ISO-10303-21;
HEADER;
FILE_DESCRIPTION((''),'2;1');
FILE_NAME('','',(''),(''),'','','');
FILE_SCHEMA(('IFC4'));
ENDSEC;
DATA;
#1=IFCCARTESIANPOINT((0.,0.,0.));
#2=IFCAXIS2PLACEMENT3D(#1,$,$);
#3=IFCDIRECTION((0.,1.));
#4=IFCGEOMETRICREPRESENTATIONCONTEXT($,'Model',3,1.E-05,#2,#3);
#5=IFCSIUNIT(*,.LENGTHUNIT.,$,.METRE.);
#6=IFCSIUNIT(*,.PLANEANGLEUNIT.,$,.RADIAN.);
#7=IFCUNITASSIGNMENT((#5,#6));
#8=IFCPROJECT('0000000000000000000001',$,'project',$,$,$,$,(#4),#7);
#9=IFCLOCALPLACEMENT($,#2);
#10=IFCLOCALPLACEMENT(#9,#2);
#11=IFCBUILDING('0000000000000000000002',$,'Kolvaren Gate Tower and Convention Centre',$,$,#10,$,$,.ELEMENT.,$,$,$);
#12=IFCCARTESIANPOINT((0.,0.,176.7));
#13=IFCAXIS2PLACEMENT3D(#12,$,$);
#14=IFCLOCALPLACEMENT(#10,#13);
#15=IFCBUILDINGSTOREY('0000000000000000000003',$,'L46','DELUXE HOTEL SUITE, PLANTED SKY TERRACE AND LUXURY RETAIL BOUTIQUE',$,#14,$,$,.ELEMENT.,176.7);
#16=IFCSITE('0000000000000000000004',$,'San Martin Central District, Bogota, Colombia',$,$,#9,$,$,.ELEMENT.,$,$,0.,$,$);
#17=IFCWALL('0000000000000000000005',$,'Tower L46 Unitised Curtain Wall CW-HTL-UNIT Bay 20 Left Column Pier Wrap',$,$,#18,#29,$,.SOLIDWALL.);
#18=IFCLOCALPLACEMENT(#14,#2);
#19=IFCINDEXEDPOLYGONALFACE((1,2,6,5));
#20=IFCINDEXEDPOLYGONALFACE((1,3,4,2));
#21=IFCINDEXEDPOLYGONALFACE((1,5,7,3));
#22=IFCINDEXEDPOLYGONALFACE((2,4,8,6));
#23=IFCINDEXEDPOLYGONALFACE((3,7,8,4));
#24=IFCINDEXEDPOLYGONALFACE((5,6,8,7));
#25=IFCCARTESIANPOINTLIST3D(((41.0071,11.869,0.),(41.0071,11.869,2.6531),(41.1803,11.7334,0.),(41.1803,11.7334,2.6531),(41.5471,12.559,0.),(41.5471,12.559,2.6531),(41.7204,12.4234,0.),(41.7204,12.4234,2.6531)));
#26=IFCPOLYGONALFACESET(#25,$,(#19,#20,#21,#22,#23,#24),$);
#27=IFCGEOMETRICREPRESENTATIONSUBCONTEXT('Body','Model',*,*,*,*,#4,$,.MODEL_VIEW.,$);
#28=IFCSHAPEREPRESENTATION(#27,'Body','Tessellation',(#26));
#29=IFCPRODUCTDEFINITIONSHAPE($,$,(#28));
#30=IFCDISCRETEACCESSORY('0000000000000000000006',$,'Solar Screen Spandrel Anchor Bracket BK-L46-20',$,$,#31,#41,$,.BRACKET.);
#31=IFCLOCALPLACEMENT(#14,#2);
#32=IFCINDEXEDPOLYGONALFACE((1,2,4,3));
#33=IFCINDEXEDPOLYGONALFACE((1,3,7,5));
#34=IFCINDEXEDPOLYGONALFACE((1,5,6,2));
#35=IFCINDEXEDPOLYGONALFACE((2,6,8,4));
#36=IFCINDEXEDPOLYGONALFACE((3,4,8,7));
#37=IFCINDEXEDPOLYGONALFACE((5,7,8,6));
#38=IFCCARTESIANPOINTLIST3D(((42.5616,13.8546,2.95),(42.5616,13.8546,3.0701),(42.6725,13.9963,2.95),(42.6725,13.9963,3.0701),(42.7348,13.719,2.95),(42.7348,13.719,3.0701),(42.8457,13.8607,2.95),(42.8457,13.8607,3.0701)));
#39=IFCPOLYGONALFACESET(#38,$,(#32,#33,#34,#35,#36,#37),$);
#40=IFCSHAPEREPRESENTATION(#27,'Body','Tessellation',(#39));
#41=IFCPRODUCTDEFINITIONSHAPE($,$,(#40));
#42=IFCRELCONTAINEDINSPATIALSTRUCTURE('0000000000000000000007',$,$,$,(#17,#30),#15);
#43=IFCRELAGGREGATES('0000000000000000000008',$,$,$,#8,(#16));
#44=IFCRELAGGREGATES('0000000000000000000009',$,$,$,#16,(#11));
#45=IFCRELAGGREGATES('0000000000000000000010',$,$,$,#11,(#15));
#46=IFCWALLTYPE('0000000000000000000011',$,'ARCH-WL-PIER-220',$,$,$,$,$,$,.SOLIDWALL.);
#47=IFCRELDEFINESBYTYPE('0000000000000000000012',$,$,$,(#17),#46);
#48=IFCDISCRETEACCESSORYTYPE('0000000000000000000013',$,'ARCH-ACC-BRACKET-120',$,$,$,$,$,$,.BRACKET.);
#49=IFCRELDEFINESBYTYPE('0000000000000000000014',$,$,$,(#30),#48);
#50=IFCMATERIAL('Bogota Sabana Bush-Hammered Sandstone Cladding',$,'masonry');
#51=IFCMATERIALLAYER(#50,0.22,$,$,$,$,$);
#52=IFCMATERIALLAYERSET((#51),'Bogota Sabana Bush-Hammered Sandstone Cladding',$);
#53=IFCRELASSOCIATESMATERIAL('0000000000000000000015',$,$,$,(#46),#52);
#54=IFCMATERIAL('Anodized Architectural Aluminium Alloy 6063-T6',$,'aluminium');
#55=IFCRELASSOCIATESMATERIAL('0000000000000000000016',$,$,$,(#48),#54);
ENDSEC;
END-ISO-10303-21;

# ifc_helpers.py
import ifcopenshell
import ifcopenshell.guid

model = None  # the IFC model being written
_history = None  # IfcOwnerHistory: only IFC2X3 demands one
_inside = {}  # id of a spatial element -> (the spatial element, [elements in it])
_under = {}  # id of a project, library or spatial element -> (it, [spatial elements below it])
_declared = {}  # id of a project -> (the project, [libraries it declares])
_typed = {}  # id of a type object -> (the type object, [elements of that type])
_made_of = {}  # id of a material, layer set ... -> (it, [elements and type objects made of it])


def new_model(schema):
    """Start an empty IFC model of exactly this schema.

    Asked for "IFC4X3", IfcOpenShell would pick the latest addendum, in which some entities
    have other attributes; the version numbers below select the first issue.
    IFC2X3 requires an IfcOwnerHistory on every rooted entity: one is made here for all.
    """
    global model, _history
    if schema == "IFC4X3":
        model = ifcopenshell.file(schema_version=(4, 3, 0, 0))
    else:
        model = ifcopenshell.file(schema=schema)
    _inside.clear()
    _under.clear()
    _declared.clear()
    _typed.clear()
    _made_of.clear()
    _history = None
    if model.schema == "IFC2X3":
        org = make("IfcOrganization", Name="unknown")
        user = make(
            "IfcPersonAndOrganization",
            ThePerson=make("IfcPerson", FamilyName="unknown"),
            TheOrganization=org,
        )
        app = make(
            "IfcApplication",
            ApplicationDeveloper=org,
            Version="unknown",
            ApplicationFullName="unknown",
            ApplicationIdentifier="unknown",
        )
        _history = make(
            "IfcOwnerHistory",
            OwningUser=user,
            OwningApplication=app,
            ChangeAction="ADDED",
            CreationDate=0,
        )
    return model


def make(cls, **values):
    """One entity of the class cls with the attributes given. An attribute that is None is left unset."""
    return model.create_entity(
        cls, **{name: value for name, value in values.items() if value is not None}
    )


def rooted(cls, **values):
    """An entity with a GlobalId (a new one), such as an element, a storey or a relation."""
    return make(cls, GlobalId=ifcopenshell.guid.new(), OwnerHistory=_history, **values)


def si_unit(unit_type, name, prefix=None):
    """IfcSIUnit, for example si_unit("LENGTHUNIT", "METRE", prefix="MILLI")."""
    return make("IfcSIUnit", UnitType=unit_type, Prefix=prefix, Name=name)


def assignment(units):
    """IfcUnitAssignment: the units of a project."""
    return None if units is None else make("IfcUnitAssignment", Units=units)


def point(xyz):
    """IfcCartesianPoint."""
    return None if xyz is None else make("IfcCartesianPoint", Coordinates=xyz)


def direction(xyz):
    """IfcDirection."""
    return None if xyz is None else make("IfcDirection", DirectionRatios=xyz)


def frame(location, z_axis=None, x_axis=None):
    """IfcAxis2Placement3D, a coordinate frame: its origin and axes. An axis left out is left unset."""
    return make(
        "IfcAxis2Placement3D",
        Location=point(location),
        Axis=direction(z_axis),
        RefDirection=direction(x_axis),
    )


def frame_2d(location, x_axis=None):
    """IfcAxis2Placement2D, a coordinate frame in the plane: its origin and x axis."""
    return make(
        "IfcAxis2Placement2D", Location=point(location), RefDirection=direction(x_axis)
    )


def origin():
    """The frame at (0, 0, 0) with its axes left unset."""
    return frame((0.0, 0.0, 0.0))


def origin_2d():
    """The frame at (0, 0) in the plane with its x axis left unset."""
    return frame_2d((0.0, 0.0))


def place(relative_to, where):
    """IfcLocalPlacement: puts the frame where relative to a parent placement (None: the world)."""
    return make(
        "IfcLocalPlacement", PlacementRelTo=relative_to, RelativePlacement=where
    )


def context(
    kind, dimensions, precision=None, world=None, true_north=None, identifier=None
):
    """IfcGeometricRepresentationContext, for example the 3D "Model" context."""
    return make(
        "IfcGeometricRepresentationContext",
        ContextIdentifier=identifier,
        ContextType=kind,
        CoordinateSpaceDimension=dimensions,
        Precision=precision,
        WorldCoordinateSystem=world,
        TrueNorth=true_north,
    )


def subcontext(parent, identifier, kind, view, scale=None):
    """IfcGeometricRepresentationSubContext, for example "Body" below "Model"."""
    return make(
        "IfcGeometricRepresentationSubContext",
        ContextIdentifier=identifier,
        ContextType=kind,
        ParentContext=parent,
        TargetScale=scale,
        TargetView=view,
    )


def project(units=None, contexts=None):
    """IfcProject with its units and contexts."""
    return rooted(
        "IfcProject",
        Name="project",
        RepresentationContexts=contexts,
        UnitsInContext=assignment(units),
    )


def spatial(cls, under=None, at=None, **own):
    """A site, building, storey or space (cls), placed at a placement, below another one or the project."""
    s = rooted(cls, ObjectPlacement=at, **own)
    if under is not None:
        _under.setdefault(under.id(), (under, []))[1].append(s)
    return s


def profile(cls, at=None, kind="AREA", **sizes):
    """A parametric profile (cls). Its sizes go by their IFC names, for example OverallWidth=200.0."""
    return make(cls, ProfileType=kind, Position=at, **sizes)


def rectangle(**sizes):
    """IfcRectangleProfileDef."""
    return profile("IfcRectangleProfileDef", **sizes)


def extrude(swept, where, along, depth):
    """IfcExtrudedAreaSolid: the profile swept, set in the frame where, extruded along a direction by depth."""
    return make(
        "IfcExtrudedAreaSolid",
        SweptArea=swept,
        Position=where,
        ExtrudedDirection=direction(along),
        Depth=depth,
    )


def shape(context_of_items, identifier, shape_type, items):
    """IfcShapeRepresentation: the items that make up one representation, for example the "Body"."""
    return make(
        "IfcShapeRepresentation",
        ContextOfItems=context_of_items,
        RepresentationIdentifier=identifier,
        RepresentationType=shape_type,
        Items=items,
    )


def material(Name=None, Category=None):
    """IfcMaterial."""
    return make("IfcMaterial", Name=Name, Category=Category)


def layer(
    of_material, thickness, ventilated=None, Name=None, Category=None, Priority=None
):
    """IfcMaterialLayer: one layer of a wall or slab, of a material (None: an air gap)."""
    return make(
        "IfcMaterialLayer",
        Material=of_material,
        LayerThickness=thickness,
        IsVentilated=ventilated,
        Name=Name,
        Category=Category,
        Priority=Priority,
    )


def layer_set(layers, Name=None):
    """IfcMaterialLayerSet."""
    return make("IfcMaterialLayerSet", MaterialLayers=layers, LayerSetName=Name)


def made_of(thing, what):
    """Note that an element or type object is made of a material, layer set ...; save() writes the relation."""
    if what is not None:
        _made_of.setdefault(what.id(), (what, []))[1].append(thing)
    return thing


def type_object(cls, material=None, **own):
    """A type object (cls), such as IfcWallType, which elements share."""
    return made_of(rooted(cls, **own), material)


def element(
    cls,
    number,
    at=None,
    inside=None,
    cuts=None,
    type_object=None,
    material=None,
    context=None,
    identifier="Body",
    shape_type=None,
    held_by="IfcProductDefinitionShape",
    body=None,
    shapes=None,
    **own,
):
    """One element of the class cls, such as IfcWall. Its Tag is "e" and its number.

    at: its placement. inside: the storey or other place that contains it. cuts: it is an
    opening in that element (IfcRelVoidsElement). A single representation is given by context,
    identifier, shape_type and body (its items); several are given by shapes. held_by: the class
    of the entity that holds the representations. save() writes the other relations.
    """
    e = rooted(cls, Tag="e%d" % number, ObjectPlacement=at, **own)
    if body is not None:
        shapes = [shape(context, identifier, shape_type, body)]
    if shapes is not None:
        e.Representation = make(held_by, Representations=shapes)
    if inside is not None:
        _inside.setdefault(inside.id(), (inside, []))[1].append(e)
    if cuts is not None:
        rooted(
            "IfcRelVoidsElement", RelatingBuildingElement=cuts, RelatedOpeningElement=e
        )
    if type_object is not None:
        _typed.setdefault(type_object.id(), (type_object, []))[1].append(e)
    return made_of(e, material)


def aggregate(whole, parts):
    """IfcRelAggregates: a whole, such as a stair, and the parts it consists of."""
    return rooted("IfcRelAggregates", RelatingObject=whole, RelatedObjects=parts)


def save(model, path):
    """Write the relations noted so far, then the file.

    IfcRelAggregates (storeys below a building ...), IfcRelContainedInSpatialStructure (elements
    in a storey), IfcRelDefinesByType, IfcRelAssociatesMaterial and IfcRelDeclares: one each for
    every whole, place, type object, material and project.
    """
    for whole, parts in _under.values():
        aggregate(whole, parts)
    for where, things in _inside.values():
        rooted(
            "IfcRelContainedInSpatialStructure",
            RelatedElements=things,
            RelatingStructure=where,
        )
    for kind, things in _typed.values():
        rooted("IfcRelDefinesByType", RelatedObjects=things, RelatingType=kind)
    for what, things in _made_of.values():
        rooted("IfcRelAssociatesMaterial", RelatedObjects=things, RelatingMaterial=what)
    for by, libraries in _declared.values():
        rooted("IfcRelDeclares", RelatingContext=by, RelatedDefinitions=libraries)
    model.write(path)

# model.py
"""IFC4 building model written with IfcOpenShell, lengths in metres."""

from ifc_helpers import new_model, si_unit, direction, frame, frame_2d, origin, origin_2d, place, context, subcontext, project, spatial, rectangle, extrude, material, layer, layer_set, type_object, element, save


model = new_model("IFC4")

# Units and contexts
model_context = context("Model", 3, precision=1e-05, world=origin(), true_north=direction((0.0, 1.0)))
body_context = subcontext(model_context, "Body", "Model", "MODEL_VIEW")
ifc_project = project(units=[si_unit("LENGTHUNIT", "METRE"), si_unit("PLANEANGLEUNIT", "RADIAN")], contexts=[model_context])

# Site, building, storey
site_placement = place(None, origin())
site = spatial("IfcSite", under=ifc_project, at=site_placement, Name="San Martin Central District, Bogota, Colombia", CompositionType="ELEMENT", RefElevation=0.0)
building_placement = place(site_placement, origin())
building = spatial("IfcBuilding", under=site, at=building_placement, Name="Kolvaren Gate Tower and Convention Centre", CompositionType="ELEMENT")
storey_placement = place(building_placement, frame((0.0, 0.0, 176.7)))
storey = spatial("IfcBuildingStorey", under=building, at=storey_placement, Name="L46", Description="DELUXE HOTEL SUITE, PLANTED SKY TERRACE AND LUXURY RETAIL BOUTIQUE", CompositionType="ELEMENT", Elevation=176.7)

# Shared definitions
ifc_material_1 = material(Name="Anodized Architectural Aluminium Alloy 6063-T6", Category="aluminium")

# Wall
ifc_material_2 = material(Name="Bogota Sabana Bush-Hammered Sandstone Cladding", Category="masonry")
ifc_layer_1 = layer(ifc_material_2, 0.22)
ifc_layer_set_1 = layer_set([ifc_layer_1], Name="Bogota Sabana Bush-Hammered Sandstone Cladding")
wall_type = type_object("IfcWallType", Name="ARCH-WL-PIER-220", PredefinedType="SOLIDWALL", material=ifc_layer_set_1)
wall_placement = place(storey_placement, frame((41.0938, 11.8013, 0.0), z_axis=(0.0, 0.0, 1.0), x_axis=(0.616368, 0.787458, 0.0)))
element("IfcWall", 1, at=wall_placement, inside=storey, type_object=wall_type, Name="Tower L46 Unitised Curtain Wall CW-HTL-UNIT Bay 20 Left Column Pier Wrap", PredefinedType="SOLIDWALL", context=body_context, shape_type="SweptSolid", body=[
    extrude(rectangle(XDim=0.8762, YDim=0.22, at=frame_2d((0.438, 0.0))), origin(), (0.0, 0.0, 1.0), 2.6531),
])

# Discrete accessory
discrete_accessory_type = type_object("IfcDiscreteAccessoryType", Name="ARCH-ACC-BRACKET-120", PredefinedType="BRACKET", material=ifc_material_1)
discrete_accessory_placement = place(storey_placement, frame((42.7036, 13.8577, 2.95), z_axis=(0.0, 0.0, 1.0), x_axis=(0.616434, 0.787406, 0.0)))
element("IfcDiscreteAccessory", 2, at=discrete_accessory_placement, inside=storey, type_object=discrete_accessory_type, Name="Solar Screen Spandrel Anchor Bracket BK-L46-20", PredefinedType="BRACKET", context=body_context, shape_type="SweptSolid", body=[
    extrude(rectangle(XDim=0.1799, YDim=0.22, at=origin_2d()), origin(), (0.0, 0.0, 1.0), 0.1201),
])

save(model, "model.ifc")
